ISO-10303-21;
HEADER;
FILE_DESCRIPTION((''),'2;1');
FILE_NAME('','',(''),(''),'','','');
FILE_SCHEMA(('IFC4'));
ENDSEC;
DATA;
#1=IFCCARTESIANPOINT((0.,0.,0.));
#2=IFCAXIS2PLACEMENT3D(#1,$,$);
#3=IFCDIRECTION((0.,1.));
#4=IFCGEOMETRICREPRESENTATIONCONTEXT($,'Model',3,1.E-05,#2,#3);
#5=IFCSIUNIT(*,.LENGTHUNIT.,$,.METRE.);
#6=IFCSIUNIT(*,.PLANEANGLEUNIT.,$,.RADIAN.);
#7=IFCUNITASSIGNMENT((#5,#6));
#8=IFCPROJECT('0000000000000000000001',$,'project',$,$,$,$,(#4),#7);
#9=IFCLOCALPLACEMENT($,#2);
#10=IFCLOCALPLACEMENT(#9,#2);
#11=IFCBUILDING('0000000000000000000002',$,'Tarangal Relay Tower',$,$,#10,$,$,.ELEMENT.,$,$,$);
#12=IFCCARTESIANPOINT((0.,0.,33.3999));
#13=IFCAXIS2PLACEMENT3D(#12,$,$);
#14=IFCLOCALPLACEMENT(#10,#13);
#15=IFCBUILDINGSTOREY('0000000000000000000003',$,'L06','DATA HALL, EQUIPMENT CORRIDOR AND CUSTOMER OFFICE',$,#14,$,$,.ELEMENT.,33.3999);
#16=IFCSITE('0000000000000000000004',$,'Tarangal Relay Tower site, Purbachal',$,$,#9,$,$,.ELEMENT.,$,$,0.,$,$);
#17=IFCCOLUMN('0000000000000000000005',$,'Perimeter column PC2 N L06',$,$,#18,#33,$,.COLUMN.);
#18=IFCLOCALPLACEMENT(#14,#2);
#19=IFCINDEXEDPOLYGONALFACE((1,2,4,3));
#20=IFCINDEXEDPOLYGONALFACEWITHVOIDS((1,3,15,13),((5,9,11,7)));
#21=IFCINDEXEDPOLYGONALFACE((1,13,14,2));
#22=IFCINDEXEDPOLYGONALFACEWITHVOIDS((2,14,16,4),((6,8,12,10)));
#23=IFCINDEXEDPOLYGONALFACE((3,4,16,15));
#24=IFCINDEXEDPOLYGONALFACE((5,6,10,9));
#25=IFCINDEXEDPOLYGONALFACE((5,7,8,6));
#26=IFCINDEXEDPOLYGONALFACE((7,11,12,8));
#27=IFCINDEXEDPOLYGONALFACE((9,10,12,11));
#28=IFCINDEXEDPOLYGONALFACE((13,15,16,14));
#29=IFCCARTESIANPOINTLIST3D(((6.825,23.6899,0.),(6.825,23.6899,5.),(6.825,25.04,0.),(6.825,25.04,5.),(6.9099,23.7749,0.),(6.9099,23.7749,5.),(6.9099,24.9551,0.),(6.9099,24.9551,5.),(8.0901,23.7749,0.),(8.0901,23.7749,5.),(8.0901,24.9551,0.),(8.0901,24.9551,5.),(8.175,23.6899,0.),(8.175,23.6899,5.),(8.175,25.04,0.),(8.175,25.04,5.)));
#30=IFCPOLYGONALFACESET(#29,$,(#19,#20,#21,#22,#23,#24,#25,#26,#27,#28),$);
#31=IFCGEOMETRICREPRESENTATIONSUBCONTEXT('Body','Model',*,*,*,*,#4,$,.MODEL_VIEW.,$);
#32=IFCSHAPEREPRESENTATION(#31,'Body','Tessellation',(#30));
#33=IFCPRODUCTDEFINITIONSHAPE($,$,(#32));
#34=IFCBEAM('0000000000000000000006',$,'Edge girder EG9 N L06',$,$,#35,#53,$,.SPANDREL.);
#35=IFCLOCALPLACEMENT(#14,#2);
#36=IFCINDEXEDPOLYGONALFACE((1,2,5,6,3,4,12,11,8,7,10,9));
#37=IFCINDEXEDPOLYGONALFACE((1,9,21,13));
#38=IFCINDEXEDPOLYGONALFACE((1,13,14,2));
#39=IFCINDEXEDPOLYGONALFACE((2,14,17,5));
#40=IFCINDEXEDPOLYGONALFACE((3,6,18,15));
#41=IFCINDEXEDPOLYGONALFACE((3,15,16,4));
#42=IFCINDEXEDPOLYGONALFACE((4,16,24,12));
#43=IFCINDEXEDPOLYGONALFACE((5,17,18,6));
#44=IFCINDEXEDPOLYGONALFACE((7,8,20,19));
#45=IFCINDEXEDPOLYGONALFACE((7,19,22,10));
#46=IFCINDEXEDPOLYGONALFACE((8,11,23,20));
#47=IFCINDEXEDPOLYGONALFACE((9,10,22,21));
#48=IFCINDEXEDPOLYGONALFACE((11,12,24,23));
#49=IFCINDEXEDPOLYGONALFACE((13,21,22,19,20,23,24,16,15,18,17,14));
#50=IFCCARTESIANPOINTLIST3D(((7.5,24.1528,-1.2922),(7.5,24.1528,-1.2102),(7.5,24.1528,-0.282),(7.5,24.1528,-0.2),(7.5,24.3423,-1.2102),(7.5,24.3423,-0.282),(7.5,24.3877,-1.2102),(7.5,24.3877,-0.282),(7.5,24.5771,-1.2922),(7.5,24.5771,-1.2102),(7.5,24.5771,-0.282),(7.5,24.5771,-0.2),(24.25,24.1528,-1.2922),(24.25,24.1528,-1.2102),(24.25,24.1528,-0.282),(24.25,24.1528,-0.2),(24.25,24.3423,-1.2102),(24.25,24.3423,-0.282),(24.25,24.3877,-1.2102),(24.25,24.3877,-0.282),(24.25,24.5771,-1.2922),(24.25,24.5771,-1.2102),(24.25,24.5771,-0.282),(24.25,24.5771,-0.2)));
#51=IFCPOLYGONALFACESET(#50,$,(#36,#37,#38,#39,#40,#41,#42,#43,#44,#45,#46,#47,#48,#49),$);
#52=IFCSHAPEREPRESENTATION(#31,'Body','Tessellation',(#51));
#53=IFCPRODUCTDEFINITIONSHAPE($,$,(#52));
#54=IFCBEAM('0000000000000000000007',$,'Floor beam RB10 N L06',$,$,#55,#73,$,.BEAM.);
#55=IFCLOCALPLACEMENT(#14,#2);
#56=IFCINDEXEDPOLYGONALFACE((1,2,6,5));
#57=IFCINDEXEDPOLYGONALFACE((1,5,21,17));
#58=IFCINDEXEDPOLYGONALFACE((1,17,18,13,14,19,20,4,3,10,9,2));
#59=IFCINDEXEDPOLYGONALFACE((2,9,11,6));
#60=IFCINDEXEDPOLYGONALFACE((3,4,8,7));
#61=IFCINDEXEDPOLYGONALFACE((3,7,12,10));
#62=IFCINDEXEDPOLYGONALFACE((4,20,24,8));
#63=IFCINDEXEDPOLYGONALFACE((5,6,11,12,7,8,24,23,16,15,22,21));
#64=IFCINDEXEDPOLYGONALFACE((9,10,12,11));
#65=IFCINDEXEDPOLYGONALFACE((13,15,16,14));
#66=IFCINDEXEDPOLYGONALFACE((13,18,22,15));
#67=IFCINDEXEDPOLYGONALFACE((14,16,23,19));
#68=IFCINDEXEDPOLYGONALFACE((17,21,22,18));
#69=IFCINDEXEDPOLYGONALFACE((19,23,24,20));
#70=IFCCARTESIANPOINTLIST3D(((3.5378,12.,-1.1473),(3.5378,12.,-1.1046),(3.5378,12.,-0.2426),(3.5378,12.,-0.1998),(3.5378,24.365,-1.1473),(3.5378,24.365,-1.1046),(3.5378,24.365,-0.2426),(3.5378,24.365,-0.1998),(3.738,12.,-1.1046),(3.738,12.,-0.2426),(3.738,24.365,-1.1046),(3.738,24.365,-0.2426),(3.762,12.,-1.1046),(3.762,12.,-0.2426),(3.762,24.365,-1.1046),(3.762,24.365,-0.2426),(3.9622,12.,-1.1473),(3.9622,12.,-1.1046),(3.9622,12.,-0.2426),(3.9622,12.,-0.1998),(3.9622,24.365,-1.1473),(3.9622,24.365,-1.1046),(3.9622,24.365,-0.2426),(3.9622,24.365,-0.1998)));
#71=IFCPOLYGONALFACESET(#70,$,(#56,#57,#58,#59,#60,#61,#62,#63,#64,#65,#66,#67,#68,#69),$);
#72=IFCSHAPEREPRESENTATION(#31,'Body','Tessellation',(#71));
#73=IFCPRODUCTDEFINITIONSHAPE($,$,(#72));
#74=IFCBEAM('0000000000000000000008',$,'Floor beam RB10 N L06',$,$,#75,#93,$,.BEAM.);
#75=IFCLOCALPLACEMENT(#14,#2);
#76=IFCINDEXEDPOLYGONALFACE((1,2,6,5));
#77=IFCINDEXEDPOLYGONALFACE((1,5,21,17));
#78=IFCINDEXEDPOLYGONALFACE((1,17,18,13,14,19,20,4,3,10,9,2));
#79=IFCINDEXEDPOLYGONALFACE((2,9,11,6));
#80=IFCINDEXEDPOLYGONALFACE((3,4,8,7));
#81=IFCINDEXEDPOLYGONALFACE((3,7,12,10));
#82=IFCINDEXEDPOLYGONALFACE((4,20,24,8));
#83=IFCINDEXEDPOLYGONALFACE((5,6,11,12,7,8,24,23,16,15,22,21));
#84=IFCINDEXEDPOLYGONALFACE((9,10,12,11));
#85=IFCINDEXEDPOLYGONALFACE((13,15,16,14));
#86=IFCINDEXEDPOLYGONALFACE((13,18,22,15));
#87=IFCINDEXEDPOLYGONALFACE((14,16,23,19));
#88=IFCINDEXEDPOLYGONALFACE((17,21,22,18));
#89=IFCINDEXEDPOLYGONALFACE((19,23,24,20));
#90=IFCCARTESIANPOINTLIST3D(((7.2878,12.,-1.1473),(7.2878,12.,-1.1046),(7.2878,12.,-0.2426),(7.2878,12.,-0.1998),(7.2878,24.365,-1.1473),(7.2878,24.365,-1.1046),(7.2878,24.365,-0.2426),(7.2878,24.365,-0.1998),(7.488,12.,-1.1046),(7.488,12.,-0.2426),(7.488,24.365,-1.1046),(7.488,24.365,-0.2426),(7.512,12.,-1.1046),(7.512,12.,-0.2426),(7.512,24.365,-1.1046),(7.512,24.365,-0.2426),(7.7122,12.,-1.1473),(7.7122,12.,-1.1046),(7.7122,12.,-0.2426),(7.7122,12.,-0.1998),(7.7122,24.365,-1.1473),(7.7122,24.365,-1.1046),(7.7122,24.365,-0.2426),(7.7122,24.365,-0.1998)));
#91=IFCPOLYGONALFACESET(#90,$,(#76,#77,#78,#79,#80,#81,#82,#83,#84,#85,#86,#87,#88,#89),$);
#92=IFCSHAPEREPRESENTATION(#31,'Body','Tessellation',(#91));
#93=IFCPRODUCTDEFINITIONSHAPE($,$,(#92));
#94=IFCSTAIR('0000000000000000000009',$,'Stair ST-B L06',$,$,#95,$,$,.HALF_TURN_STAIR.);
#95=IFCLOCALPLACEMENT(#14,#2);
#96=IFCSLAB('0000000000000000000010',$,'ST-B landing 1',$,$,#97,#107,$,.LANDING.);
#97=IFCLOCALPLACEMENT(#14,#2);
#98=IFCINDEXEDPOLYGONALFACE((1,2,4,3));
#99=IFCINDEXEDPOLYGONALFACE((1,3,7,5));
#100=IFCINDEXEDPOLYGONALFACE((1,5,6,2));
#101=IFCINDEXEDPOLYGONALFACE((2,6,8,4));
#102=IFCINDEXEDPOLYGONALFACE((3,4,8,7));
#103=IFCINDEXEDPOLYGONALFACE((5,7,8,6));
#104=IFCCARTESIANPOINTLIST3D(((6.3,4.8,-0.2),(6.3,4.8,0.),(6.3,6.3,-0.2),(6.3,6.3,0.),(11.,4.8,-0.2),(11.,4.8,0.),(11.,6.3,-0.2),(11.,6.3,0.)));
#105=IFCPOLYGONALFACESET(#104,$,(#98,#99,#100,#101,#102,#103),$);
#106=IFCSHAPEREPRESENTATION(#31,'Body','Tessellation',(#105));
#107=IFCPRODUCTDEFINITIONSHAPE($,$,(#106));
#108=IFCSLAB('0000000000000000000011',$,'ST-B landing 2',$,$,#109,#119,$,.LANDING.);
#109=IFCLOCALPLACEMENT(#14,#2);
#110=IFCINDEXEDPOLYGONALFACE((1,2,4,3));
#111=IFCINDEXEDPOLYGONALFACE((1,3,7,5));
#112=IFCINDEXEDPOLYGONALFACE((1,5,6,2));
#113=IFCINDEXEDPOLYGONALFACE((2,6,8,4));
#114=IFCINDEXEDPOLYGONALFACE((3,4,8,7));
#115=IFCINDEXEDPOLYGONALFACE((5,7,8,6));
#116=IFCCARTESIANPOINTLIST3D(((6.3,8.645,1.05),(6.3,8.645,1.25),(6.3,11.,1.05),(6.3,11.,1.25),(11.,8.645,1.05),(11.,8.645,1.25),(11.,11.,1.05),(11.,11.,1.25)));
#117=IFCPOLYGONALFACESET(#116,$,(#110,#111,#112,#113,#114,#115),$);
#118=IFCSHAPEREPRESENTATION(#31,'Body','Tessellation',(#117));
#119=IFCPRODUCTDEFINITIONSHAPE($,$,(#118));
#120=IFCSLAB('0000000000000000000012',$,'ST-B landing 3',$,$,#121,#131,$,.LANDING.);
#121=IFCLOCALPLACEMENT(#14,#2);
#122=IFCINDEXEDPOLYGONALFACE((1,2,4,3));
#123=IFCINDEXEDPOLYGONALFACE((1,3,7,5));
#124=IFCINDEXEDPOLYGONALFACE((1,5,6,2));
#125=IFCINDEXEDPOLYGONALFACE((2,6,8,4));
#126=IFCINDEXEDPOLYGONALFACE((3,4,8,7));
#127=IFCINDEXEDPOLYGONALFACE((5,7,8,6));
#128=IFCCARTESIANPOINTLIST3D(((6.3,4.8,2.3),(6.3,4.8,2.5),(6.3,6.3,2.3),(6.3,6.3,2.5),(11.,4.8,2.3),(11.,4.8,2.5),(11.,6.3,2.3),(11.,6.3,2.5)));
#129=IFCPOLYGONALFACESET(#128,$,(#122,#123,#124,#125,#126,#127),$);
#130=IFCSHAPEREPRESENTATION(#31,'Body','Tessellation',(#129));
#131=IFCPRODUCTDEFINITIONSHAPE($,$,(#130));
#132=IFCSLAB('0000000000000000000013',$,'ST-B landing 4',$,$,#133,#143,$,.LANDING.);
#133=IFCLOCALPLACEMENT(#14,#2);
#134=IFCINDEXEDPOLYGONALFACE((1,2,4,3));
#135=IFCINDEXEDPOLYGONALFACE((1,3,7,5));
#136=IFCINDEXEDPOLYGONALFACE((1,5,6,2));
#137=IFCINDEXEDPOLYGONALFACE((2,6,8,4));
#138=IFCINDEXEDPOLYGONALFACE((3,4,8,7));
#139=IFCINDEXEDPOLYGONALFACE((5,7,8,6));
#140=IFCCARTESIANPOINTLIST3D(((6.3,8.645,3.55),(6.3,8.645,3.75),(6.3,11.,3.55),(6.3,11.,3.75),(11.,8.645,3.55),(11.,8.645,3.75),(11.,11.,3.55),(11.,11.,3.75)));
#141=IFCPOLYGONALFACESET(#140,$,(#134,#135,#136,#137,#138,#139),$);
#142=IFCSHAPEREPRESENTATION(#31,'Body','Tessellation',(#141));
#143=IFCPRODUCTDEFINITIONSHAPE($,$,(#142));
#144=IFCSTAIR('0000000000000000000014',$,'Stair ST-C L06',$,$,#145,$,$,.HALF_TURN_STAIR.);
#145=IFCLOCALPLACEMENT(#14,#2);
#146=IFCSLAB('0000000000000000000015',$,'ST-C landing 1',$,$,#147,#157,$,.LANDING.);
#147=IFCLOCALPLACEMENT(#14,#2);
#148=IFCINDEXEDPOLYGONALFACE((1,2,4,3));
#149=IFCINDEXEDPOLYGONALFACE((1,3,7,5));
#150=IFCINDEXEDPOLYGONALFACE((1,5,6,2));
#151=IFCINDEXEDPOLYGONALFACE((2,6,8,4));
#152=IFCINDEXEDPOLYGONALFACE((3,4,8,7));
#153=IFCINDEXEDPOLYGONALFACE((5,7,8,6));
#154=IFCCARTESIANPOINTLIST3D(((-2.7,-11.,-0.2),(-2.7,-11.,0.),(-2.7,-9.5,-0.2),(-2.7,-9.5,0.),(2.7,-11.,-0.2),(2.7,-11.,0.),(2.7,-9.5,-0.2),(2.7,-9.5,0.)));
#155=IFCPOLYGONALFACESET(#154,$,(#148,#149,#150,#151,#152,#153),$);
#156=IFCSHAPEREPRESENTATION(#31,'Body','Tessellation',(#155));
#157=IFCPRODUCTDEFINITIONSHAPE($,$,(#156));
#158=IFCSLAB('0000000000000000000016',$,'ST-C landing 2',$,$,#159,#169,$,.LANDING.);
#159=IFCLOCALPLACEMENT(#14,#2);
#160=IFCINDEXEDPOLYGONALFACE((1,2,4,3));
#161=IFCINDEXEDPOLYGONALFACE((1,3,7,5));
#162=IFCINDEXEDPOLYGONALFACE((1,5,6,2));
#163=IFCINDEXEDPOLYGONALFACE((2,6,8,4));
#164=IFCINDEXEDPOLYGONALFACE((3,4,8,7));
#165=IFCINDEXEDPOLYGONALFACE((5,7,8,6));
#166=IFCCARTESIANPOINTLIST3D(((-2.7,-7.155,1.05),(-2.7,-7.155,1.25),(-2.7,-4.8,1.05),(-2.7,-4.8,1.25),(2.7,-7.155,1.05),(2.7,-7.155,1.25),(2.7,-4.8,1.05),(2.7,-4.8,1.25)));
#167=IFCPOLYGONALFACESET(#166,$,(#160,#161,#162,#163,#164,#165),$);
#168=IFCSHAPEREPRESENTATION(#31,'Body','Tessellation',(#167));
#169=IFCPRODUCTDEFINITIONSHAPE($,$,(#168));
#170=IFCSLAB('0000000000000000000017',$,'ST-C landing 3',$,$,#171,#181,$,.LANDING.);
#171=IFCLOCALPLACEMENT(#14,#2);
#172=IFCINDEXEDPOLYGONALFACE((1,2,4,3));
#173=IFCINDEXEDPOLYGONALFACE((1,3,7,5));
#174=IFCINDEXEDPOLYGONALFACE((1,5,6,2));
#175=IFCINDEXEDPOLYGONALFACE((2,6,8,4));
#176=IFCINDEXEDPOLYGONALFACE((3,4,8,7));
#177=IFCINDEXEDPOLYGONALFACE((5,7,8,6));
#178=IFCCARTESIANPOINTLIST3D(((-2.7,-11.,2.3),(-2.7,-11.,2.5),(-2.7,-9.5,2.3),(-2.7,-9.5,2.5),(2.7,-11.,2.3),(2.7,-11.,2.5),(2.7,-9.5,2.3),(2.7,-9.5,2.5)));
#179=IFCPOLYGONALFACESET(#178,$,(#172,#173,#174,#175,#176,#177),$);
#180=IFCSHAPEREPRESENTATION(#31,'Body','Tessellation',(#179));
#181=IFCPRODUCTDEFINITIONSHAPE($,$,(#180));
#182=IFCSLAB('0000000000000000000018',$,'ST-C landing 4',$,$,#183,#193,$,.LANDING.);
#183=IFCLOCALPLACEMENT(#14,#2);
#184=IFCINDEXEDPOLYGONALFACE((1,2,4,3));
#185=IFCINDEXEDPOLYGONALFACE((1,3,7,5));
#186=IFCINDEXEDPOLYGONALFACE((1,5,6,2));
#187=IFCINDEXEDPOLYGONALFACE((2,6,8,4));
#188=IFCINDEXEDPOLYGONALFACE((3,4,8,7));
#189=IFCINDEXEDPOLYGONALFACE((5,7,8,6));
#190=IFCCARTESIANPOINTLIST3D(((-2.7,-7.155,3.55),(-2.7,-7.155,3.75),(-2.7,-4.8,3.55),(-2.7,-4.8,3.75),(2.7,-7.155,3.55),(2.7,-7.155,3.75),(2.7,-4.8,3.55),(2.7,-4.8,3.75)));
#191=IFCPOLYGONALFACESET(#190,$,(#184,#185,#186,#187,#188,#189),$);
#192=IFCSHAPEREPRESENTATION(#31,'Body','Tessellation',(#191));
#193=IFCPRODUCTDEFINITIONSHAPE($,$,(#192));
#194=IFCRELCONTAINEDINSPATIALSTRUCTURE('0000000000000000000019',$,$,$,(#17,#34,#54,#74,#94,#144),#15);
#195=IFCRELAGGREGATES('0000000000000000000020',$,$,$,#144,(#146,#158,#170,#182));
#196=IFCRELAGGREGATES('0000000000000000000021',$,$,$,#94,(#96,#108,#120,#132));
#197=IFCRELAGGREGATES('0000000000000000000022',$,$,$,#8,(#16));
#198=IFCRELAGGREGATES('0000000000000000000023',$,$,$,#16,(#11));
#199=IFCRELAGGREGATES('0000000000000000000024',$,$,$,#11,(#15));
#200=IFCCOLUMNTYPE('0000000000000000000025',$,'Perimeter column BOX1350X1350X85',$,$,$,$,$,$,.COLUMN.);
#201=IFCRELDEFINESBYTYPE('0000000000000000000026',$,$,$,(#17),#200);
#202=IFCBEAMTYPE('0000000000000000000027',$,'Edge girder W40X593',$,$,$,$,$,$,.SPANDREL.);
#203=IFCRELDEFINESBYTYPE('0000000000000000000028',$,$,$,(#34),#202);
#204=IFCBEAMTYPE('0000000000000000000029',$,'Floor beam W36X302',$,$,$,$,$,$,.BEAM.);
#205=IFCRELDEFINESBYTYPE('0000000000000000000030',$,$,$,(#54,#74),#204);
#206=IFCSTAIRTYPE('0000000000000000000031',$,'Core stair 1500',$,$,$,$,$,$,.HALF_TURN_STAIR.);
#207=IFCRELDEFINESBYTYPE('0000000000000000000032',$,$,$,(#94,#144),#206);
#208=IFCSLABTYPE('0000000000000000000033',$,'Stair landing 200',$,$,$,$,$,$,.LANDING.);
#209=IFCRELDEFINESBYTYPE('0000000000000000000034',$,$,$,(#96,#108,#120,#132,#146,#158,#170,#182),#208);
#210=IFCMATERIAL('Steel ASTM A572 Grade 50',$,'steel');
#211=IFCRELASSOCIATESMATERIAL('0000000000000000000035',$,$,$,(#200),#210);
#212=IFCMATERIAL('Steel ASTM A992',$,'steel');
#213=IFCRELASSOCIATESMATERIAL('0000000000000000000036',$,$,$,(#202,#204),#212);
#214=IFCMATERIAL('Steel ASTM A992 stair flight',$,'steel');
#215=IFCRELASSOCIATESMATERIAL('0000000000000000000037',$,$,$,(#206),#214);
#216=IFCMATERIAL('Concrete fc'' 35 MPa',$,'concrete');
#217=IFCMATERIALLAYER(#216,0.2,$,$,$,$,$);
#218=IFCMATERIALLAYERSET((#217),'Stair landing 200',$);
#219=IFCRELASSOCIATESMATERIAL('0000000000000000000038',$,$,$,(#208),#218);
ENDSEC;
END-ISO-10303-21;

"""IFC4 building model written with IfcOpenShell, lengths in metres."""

from ifc_helpers import new_model, si_unit, direction, frame, origin, origin_2d, place, context, subcontext, project, spatial, polyline, hollow_rectangle, i_section, outline, extrude, material, layer, layer_set, material_profile, profile_set, type_object, element, aggregate, save


model = new_model("IFC4")

# Units and contexts
model_context = context("Model", 3, precision=1e-05, world=origin(), true_north=direction((0.0, 1.0)))
body_context = subcontext(model_context, "Body", "Model", "MODEL_VIEW")
ifc_project = project(units=[si_unit("LENGTHUNIT", "METRE"), si_unit("PLANEANGLEUNIT", "RADIAN")], contexts=[model_context])

# Site, building, storey
site_placement = place(None, origin())
site = spatial("IfcSite", under=ifc_project, at=site_placement, Name="Tarangal Relay Tower site, Purbachal", CompositionType="ELEMENT", RefElevation=0.0)
building_placement = place(site_placement, origin())
building = spatial("IfcBuilding", under=site, at=building_placement, Name="Tarangal Relay Tower", CompositionType="ELEMENT")
storey_placement = place(building_placement, frame((0.0, 0.0, 33.3999)))
storey = spatial("IfcBuildingStorey", under=building, at=storey_placement, Name="L06", Description="DATA HALL, EQUIPMENT CORRIDOR AND CUSTOMER OFFICE", CompositionType="ELEMENT", Elevation=33.3999)

# Column
ifc_material_1 = material(Name="Steel ASTM A572 Grade 50", Category="steel")
ifc_material_profile_1 = material_profile(ifc_material_1, hollow_rectangle(XDim=1.3501, YDim=1.3501, WallThickness=0.085, at=origin_2d()), Name="BOX1350X1350X85")
ifc_profile_set_1 = profile_set([ifc_material_profile_1], Name="Steel ASTM A572 Grade 50")
column_type = type_object("IfcColumnType", Name="Perimeter column BOX1350X1350X85", PredefinedType="COLUMN", material=ifc_profile_set_1)
column_placement = place(storey_placement, frame((7.5, 24.365, 0.0), z_axis=(0.0, 0.0, 1.0), x_axis=(1.0, 0.0, 0.0)))
element("IfcColumn", 1, at=column_placement, inside=storey, type_object=column_type, Name="Perimeter column PC2 N L06", PredefinedType="COLUMN", context=body_context, shape_type="SweptSolid", body=[
    extrude(hollow_rectangle(XDim=1.3501, YDim=1.3501, WallThickness=0.085, at=origin_2d()), origin(), (0.0, 0.0, 1.0), 5.0),
])

# Beams
ifc_material_2 = material(Name="Steel ASTM A992", Category="steel")
ifc_material_profile_2 = material_profile(ifc_material_2, i_section(OverallWidth=0.4243, OverallDepth=1.0923, WebThickness=0.0454, FlangeThickness=0.082, at=origin_2d()), Name="W40X593")
ifc_profile_set_2 = profile_set([ifc_material_profile_2], Name="Steel ASTM A992")
beam_type_1 = type_object("IfcBeamType", Name="Edge girder W40X593", PredefinedType="SPANDREL", material=ifc_profile_set_2)
beam_placement = place(storey_placement, frame((7.5, 24.365, -0.7461), z_axis=(1.0, 0.0, 0.0), x_axis=(0.0, 1.0, 0.0)))
element("IfcBeam", 2, at=beam_placement, inside=storey, type_object=beam_type_1, Name="Edge girder EG9 N L06", PredefinedType="SPANDREL", context=body_context, shape_type="SweptSolid", body=[
    extrude(i_section(OverallWidth=0.4243, OverallDepth=1.0923, WebThickness=0.0454, FlangeThickness=0.082, at=origin_2d()), origin(), (0.0, 0.0, 1.0), 16.75),
])
ifc_material_profile_3 = material_profile(ifc_material_2, i_section(OverallWidth=0.4243, OverallDepth=0.9475, WebThickness=0.0239, FlangeThickness=0.0427, at=origin_2d()), Name="W36X302")
ifc_profile_set_3 = profile_set([ifc_material_profile_3], Name="Steel ASTM A992")
beam_type_2 = type_object("IfcBeamType", Name="Floor beam W36X302", PredefinedType="BEAM", material=ifc_profile_set_3)
for number, where, z_axis, x_axis, name in (
    (3, (3.75, 12.0, -0.6736), (0.0, 1.0, 0.0), (-1.0, 0.0, 0.0), "Floor beam RB10 N L06"),
    (4, (7.5, 12.0, -0.6736), (0.0, 1.0, 0.0), (-1.0, 0.0, 0.0), "Floor beam RB10 N L06"),
):
    element("IfcBeam", number, at=place(storey_placement, frame(where, z_axis=z_axis, x_axis=x_axis)), inside=storey, type_object=beam_type_2, Name=name, PredefinedType="BEAM", context=body_context, shape_type="SweptSolid", body=[
        extrude(i_section(OverallWidth=0.4243, OverallDepth=0.9475, WebThickness=0.0239, FlangeThickness=0.0427, at=origin_2d()), origin(), (0.0, 0.0, 1.0), 12.365),
    ])

# Stairs, slabs
ifc_material_3 = material(Name="Steel ASTM A992 stair flight", Category="steel")
stair_type = type_object("IfcStairType", Name="Core stair 1500", PredefinedType="HALF_TURN_STAIR", material=ifc_material_3)
stair_1_placement = place(storey_placement, origin())
stair_1 = element("IfcStair", 5, at=stair_1_placement, inside=storey, type_object=stair_type, Name="Stair ST-B L06", PredefinedType="HALF_TURN_STAIR")
ifc_material_4 = material(Name="Concrete fc' 35 MPa", Category="concrete")
ifc_layer_1 = layer(ifc_material_4, 0.2)
ifc_layer_set_1 = layer_set([ifc_layer_1], Name="Stair landing 200")
slab_type = type_object("IfcSlabType", Name="Stair landing 200", PredefinedType="LANDING", material=ifc_layer_set_1)
slab_1_placement = place(storey_placement, frame((0.0, 0.0, -0.2)))
slab_1 = element("IfcSlab", 6, at=slab_1_placement, type_object=slab_type, Name="ST-B landing 1", PredefinedType="LANDING", context=body_context, shape_type="SweptSolid", body=[
    extrude(outline(polyline([(6.3, 4.8), (11.0, 4.8), (11.0, 6.3), (6.3, 6.3), (6.3, 4.8)])), origin(), (0.0, 0.0, 1.0), 0.2),
])
slab_2_placement = place(storey_placement, frame((0.0, 0.0, 1.05)))
slab_2 = element("IfcSlab", 7, at=slab_2_placement, type_object=slab_type, Name="ST-B landing 2", PredefinedType="LANDING", context=body_context, shape_type="SweptSolid", body=[
    extrude(outline(polyline([(6.3, 8.645), (11.0, 8.645), (11.0, 11.0), (6.3, 11.0), (6.3, 8.645)])), origin(), (0.0, 0.0, 1.0), 0.2),
])
slab_3_placement = place(storey_placement, frame((0.0, 0.0, 2.3)))
slab_3 = element("IfcSlab", 8, at=slab_3_placement, type_object=slab_type, Name="ST-B landing 3", PredefinedType="LANDING", context=body_context, shape_type="SweptSolid", body=[
    extrude(outline(polyline([(6.3, 4.8), (11.0, 4.8), (11.0, 6.3), (6.3, 6.3), (6.3, 4.8)])), origin(), (0.0, 0.0, 1.0), 0.2),
])
slab_4_placement = place(storey_placement, frame((0.0, 0.0, 3.55)))
slab_4 = element("IfcSlab", 9, at=slab_4_placement, type_object=slab_type, Name="ST-B landing 4", PredefinedType="LANDING", context=body_context, shape_type="SweptSolid", body=[
    extrude(outline(polyline([(6.3, 8.645), (11.0, 8.645), (11.0, 11.0), (6.3, 11.0), (6.3, 8.645)])), origin(), (0.0, 0.0, 1.0), 0.2),
])
stair_2_placement = place(storey_placement, origin())
stair_2 = element("IfcStair", 10, at=stair_2_placement, inside=storey, type_object=stair_type, Name="Stair ST-C L06", PredefinedType="HALF_TURN_STAIR")
slab_5_placement = place(storey_placement, frame((0.0, 0.0, -0.2)))
slab_5 = element("IfcSlab", 11, at=slab_5_placement, type_object=slab_type, Name="ST-C landing 1", PredefinedType="LANDING", context=body_context, shape_type="SweptSolid", body=[
    extrude(outline(polyline([(-2.7, -11.0), (2.7, -11.0), (2.7, -9.5), (-2.7, -9.5), (-2.7, -11.0)])), origin(), (0.0, 0.0, 1.0), 0.2),
])
slab_6_placement = place(storey_placement, frame((0.0, 0.0, 1.05)))
slab_6 = element("IfcSlab", 12, at=slab_6_placement, type_object=slab_type, Name="ST-C landing 2", PredefinedType="LANDING", context=body_context, shape_type="SweptSolid", body=[
    extrude(outline(polyline([(-2.7, -7.155), (2.7, -7.155), (2.7, -4.8), (-2.7, -4.8), (-2.7, -7.155)])), origin(), (0.0, 0.0, 1.0), 0.2),
])
slab_7_placement = place(storey_placement, frame((0.0, 0.0, 2.3)))
slab_7 = element("IfcSlab", 13, at=slab_7_placement, type_object=slab_type, Name="ST-C landing 3", PredefinedType="LANDING", context=body_context, shape_type="SweptSolid", body=[
    extrude(outline(polyline([(-2.7, -11.0), (2.7, -11.0), (2.7, -9.5), (-2.7, -9.5), (-2.7, -11.0)])), origin(), (0.0, 0.0, 1.0), 0.2),
])
slab_8_placement = place(storey_placement, frame((0.0, 0.0, 3.55)))
slab_8 = element("IfcSlab", 14, at=slab_8_placement, type_object=slab_type, Name="ST-C landing 4", PredefinedType="LANDING", context=body_context, shape_type="SweptSolid", body=[
    extrude(outline(polyline([(-2.7, -7.155), (2.7, -7.155), (2.7, -4.8), (-2.7, -4.8), (-2.7, -7.155)])), origin(), (0.0, 0.0, 1.0), 0.2),
])
aggregate(stair_2, [slab_5, slab_6, slab_7, slab_8])

aggregate(stair_1, [slab_1, slab_2, slab_3, slab_4])

save(model, "model.ifc")
